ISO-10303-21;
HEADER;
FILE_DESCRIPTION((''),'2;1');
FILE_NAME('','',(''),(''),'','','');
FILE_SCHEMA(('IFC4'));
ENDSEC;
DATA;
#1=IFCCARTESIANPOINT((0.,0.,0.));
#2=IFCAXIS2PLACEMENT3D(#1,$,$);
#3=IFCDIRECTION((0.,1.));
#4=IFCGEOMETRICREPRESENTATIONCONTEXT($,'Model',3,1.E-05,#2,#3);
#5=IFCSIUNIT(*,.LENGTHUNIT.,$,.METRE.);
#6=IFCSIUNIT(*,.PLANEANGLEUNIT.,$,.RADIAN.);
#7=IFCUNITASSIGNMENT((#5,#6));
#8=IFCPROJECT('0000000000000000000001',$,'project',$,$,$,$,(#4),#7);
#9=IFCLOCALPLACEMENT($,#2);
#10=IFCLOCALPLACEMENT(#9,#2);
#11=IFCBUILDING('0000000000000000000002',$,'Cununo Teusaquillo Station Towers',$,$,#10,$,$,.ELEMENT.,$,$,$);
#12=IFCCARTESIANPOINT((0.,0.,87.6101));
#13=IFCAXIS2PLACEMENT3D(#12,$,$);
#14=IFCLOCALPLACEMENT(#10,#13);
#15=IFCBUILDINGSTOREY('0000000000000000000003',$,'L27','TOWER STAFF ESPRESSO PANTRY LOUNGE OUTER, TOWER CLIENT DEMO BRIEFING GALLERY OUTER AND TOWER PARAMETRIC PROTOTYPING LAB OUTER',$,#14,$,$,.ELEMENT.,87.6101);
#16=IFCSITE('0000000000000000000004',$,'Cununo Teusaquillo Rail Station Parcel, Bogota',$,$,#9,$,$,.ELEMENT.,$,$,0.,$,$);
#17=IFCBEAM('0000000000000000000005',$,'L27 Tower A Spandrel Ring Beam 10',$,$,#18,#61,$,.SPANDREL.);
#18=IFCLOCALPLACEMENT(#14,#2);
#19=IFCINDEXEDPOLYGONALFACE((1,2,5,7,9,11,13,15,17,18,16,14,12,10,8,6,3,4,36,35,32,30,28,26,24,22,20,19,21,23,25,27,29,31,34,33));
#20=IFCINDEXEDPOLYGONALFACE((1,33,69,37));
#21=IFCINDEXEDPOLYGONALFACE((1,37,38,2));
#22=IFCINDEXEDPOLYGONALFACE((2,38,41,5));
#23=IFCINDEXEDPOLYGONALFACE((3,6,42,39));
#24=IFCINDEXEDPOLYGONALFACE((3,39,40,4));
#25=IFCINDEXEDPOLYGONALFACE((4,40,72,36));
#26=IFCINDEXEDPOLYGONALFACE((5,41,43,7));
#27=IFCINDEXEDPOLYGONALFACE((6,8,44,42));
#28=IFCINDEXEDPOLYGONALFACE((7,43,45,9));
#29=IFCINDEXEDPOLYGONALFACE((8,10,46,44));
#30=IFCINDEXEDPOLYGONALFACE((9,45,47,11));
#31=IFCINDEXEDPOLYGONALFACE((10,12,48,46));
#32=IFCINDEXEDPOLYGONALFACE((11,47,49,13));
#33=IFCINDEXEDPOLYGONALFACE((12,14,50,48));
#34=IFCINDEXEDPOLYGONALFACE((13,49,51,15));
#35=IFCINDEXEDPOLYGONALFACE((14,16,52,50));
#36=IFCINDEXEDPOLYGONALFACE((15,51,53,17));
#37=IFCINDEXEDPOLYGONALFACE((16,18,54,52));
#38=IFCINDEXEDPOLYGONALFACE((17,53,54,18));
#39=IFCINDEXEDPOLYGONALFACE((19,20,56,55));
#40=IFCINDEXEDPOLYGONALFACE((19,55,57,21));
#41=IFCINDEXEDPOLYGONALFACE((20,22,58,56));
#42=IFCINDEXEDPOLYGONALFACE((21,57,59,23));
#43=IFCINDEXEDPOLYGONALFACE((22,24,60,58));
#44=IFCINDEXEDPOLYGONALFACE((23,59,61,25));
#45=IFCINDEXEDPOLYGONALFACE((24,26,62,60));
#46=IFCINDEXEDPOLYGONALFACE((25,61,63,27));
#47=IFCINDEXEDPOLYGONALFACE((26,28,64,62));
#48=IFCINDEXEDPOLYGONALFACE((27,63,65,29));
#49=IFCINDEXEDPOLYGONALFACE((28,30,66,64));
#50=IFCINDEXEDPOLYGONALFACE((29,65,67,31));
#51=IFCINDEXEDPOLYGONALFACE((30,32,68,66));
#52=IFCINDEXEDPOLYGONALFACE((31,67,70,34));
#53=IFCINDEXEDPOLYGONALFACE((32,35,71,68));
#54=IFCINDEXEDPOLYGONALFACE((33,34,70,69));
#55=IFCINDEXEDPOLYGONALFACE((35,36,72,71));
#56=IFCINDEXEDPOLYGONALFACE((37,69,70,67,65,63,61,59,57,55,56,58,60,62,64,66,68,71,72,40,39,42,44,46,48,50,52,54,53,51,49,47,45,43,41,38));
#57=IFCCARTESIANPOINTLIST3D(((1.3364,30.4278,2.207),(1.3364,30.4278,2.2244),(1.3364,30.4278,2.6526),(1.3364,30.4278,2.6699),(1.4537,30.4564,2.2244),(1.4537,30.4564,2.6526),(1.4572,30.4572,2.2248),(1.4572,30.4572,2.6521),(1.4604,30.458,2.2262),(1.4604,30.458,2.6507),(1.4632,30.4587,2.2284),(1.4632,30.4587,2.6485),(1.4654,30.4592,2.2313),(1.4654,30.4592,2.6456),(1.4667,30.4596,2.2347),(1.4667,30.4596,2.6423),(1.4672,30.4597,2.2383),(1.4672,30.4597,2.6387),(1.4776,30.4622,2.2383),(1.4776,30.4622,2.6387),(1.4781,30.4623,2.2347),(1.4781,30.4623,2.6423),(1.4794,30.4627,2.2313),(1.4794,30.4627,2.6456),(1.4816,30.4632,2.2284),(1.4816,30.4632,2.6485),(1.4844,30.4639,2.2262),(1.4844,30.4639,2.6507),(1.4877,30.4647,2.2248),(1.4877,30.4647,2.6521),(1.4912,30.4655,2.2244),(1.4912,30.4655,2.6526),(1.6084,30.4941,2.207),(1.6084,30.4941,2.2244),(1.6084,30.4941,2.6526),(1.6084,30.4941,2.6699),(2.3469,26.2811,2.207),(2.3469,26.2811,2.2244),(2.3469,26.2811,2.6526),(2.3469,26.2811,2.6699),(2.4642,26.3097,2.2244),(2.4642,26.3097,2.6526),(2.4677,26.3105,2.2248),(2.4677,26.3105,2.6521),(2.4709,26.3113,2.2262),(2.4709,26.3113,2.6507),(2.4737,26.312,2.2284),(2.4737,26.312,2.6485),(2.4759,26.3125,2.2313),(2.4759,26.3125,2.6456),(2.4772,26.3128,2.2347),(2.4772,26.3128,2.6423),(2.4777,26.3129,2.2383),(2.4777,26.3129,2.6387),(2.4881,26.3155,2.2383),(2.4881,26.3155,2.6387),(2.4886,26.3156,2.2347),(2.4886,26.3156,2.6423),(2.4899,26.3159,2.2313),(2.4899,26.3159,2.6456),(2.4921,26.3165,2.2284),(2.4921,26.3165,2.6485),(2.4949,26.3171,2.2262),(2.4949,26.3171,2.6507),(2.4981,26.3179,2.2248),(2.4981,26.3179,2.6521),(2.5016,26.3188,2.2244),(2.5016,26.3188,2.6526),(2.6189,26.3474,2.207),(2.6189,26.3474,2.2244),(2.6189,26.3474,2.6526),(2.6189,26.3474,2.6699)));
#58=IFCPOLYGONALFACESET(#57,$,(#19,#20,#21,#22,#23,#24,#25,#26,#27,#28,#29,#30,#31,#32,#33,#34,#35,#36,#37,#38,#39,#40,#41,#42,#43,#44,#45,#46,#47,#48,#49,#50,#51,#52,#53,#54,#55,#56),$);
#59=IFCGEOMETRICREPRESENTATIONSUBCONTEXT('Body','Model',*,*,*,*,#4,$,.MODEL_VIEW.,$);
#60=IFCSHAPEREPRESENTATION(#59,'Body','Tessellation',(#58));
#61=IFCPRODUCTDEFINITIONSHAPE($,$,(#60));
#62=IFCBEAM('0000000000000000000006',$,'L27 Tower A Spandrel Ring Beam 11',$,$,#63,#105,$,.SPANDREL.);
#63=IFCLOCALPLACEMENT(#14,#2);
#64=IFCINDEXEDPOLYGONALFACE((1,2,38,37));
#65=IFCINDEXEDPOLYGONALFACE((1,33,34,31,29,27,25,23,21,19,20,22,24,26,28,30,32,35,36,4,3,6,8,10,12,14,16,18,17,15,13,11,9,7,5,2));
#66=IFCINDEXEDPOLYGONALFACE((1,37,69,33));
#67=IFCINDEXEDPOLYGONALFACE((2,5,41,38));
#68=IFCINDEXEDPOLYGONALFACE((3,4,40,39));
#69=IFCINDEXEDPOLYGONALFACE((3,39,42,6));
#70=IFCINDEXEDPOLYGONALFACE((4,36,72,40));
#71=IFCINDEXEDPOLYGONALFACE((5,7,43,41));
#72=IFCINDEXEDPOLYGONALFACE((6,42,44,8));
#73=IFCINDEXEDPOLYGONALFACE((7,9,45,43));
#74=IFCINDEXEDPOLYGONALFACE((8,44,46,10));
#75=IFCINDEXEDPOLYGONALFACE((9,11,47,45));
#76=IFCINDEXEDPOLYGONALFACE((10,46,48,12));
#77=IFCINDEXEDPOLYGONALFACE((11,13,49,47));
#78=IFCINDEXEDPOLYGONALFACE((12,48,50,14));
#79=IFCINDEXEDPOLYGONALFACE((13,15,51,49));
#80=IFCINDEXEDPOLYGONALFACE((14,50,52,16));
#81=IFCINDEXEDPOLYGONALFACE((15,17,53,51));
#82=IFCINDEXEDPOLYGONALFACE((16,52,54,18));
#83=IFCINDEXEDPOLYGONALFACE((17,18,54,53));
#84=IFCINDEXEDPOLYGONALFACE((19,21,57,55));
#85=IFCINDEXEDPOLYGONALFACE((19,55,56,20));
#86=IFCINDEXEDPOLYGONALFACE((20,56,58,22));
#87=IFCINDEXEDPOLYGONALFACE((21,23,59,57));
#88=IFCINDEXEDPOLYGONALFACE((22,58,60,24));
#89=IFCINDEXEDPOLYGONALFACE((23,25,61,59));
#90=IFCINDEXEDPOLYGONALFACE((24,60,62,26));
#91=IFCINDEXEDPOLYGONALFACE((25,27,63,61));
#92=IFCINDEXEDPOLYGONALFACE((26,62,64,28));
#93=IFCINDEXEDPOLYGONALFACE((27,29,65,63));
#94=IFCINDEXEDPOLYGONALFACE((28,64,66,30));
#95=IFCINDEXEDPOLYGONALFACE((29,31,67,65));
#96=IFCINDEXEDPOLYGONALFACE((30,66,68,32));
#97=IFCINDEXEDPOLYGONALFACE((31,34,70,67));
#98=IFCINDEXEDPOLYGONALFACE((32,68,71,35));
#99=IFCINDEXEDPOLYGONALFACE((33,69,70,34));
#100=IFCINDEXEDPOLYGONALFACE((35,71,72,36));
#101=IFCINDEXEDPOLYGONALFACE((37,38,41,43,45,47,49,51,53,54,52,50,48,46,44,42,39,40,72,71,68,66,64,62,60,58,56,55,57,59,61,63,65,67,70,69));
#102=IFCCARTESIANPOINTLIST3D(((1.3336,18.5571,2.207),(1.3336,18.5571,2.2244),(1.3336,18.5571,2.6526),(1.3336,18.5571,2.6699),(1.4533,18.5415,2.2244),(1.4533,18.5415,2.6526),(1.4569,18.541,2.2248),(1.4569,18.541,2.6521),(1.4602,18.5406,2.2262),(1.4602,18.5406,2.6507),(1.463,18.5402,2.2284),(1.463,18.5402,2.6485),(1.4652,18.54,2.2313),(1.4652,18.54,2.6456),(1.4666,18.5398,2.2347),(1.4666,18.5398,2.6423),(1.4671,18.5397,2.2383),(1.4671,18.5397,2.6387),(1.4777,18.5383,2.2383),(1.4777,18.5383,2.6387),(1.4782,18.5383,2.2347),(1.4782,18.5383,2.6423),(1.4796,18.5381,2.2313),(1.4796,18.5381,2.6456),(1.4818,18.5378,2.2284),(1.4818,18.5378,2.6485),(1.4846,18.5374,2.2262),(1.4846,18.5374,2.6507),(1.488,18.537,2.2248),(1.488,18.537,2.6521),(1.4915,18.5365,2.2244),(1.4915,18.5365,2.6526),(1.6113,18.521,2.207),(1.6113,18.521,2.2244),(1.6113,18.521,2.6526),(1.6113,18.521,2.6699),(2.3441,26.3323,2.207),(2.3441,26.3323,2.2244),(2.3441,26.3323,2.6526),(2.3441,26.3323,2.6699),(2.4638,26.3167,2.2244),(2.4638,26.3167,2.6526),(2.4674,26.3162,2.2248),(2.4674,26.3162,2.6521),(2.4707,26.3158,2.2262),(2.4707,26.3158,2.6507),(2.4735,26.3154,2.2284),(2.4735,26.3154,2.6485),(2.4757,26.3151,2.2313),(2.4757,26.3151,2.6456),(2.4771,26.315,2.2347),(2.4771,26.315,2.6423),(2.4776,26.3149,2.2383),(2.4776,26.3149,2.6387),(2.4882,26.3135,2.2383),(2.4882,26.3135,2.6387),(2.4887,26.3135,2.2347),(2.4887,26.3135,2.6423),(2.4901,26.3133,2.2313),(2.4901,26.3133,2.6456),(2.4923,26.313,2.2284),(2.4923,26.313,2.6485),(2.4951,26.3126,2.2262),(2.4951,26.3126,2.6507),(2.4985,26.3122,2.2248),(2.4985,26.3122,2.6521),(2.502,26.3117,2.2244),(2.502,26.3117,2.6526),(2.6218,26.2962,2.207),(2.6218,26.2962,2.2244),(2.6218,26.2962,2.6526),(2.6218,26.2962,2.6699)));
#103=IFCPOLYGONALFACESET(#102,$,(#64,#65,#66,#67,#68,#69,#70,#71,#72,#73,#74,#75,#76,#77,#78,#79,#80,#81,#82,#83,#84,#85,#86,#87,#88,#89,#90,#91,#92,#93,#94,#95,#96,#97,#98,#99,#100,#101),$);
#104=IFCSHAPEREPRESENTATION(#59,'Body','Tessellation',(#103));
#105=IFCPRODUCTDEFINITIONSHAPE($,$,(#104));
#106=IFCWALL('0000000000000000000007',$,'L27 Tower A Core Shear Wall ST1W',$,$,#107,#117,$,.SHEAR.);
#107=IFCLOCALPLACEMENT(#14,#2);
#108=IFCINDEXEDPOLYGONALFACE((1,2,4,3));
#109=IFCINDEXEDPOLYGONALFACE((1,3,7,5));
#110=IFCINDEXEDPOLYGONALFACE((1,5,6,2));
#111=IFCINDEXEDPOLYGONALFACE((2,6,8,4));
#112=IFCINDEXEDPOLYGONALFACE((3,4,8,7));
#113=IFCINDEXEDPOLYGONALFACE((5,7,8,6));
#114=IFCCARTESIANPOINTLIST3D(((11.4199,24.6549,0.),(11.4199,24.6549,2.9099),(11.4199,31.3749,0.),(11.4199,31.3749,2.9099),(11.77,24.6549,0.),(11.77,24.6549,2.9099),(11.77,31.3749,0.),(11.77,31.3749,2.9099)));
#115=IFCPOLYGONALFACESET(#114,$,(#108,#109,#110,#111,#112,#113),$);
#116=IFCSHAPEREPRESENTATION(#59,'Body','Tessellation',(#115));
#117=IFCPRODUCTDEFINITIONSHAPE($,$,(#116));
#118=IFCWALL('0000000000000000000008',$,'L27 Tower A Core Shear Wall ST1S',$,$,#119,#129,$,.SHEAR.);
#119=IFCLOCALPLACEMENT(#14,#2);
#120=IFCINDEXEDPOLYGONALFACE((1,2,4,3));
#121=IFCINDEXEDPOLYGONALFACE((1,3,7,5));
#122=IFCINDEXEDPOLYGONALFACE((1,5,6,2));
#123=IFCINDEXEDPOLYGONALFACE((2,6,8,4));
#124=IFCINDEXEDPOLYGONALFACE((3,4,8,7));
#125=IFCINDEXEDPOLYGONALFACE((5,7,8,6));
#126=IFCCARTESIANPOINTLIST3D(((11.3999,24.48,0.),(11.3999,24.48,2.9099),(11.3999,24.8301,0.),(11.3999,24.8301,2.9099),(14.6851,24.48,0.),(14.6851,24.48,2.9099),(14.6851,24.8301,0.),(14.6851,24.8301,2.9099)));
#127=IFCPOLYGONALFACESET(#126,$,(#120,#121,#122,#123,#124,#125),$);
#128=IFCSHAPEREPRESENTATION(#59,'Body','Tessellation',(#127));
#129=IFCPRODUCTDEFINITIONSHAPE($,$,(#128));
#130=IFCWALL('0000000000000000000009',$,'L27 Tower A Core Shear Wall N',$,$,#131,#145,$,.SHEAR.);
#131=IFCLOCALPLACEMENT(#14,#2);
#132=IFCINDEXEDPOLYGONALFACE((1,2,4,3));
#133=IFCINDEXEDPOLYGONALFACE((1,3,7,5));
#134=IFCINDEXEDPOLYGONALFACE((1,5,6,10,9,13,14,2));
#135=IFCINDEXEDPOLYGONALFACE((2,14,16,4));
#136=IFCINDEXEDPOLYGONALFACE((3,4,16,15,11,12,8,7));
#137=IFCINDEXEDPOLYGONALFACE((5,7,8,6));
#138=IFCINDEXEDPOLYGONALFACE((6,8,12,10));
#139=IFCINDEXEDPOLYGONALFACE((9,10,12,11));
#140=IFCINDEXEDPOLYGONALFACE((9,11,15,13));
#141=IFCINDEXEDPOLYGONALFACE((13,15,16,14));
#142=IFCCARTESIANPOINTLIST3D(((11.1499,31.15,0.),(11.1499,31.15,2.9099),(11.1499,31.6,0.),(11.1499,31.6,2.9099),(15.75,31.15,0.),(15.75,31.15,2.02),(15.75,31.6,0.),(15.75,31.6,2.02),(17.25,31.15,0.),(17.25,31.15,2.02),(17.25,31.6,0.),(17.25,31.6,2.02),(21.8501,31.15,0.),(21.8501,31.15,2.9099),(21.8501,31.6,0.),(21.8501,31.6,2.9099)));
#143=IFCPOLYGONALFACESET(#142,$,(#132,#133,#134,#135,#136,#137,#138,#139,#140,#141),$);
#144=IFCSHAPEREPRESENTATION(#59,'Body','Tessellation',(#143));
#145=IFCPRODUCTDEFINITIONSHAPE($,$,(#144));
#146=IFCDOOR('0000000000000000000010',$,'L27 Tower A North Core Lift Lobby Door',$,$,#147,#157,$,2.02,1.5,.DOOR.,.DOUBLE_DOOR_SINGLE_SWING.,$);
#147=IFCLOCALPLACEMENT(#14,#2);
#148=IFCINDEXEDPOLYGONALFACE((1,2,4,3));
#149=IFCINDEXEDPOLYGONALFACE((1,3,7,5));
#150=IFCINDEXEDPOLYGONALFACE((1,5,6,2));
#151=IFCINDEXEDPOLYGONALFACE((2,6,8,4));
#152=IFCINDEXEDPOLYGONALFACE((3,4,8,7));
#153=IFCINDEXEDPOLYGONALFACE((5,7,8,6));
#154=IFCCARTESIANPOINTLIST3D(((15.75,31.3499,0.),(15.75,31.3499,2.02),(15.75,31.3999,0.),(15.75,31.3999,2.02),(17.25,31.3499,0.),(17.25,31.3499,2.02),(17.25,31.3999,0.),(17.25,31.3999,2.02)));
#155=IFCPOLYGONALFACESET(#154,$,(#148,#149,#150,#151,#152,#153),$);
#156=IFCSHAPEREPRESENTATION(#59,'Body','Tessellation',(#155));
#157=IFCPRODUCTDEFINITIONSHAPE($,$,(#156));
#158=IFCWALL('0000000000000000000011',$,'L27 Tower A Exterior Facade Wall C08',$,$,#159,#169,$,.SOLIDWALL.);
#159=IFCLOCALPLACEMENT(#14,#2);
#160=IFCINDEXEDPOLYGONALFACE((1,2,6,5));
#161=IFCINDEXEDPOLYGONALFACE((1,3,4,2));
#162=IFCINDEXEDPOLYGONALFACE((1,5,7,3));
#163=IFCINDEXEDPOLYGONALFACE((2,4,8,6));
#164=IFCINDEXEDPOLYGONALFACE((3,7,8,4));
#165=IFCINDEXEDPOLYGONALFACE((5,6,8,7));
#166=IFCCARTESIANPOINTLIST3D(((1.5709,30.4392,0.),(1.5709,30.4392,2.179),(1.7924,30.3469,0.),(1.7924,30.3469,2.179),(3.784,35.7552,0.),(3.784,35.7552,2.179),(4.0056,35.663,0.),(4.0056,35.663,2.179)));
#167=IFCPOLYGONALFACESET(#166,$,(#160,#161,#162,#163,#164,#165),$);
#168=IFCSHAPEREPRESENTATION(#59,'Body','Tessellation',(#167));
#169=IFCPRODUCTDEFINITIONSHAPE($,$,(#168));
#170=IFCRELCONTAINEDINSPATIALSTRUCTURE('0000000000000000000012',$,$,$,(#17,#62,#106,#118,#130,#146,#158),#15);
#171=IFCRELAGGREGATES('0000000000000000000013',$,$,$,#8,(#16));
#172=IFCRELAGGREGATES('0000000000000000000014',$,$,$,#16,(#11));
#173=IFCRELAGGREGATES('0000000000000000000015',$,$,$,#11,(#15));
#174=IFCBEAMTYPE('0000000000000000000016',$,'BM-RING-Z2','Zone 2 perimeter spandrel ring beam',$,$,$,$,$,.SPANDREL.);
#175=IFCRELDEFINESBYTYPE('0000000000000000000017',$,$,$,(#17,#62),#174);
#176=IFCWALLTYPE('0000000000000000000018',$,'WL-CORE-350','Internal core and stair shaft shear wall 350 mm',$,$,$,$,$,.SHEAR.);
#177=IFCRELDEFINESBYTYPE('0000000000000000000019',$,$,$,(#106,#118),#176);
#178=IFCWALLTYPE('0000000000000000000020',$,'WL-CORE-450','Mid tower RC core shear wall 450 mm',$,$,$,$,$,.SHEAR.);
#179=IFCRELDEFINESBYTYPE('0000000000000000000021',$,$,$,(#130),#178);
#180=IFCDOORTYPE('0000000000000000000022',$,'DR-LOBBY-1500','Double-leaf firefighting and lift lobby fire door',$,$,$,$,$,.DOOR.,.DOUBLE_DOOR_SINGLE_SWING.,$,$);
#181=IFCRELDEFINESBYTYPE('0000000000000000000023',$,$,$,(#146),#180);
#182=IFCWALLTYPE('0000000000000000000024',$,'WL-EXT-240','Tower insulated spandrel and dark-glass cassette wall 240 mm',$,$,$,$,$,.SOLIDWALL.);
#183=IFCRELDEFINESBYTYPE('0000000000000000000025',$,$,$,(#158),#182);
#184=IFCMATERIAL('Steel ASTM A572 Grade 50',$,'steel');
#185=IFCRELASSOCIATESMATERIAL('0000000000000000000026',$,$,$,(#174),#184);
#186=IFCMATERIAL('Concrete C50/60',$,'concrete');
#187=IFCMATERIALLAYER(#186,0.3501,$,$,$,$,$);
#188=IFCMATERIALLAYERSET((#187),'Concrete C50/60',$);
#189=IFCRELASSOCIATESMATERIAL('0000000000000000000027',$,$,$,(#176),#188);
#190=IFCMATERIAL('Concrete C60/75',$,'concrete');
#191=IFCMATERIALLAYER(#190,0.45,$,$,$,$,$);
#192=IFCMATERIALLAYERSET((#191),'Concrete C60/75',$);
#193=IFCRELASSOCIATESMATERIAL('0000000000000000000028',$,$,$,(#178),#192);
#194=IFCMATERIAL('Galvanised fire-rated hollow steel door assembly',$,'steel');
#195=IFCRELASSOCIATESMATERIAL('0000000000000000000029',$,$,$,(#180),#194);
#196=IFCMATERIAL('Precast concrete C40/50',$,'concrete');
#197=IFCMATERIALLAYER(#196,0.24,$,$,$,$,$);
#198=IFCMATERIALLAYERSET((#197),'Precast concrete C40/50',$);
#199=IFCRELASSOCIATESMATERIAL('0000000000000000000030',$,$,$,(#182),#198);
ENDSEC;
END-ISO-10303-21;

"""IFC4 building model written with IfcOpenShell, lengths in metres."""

from ifc_helpers import new_model, si_unit, direction, frame, frame_2d, origin, origin_2d, place, context, subcontext, project, spatial, rectangle, i_section, extrude, source, transform, mapped, material, layer, layer_set, material_profile, profile_set, type_object, element, fill, save


model = new_model("IFC4")

# Units and contexts
model_context = context("Model", 3, precision=1e-05, world=origin(), true_north=direction((0.0, 1.0)))
body_context = subcontext(model_context, "Body", "Model", "MODEL_VIEW")
ifc_project = project(units=[si_unit("LENGTHUNIT", "METRE"), si_unit("PLANEANGLEUNIT", "RADIAN")], contexts=[model_context])

# Site, building, storey
site_placement = place(None, origin())
site = spatial("IfcSite", under=ifc_project, at=site_placement, Name="Cununo Teusaquillo Rail Station Parcel, Bogota", CompositionType="ELEMENT", RefElevation=0.0)
building_placement = place(site_placement, origin())
building = spatial("IfcBuilding", under=site, at=building_placement, Name="Cununo Teusaquillo Station Towers", CompositionType="ELEMENT")
storey_placement = place(building_placement, frame((0.0, 0.0, 87.6101)))
storey = spatial("IfcBuildingStorey", under=building, at=storey_placement, Name="L27", Description="TOWER STAFF ESPRESSO PANTRY LOUNGE OUTER, TOWER CLIENT DEMO BRIEFING GALLERY OUTER AND TOWER PARAMETRIC PROTOTYPING LAB OUTER", CompositionType="ELEMENT", Elevation=87.6101)

# Beams
ifc_material_1 = material(Name="Steel ASTM A572 Grade 50", Category="steel")
ifc_material_profile_1 = material_profile(ifc_material_1, i_section(OverallWidth=0.28, OverallDepth=0.4629, WebThickness=0.0107, FlangeThickness=0.0173, FilletRadius=0.0139, at=origin_2d()), Name="W18X76")
ifc_profile_set_1 = profile_set([ifc_material_profile_1], Name="Steel ASTM A572 Grade 50")
beam_type_1 = type_object("IfcBeamType", Name="BM-RING-Z2", Description="Zone 2 perimeter spandrel ring beam", PredefinedType="SPANDREL", material=ifc_profile_set_1)
beam_1_placement = place(storey_placement, frame((1.4724, 30.4609, 2.4385), z_axis=(0.236757, -0.971569, 0.0), x_axis=(0.971569, 0.236757, 0.0)))
element("IfcBeam", 1, at=beam_1_placement, inside=storey, type_object=beam_type_1, Name="L27 Tower A Spandrel Ring Beam 10", PredefinedType="SPANDREL", context=body_context, shape_type="SweptSolid", body=[
    extrude(i_section(OverallWidth=0.28, OverallDepth=0.4629, WebThickness=0.0107, FlangeThickness=0.0173, FilletRadius=0.0139, at=origin_2d()), origin(), (0.0, 0.0, 1.0), 4.2681),
])
beam_2_placement = place(storey_placement, frame((2.4829, 26.3142, 2.4385), z_axis=(-0.128881, -0.99166, 0.0), x_axis=(0.99166, -0.128881, 0.0)))
element("IfcBeam", 2, at=beam_2_placement, inside=storey, type_object=beam_type_1, Name="L27 Tower A Spandrel Ring Beam 11", PredefinedType="SPANDREL", context=body_context, shape_type="SweptSolid", body=[
    extrude(i_section(OverallWidth=0.28, OverallDepth=0.4629, WebThickness=0.0107, FlangeThickness=0.0173, FilletRadius=0.0139, at=origin_2d()), origin(), (0.0, 0.0, 1.0), 7.8406),
])

# Walls
ifc_material_2 = material(Name="Concrete C50/60", Category="concrete")
ifc_layer_1 = layer(ifc_material_2, 0.3501)
ifc_layer_set_1 = layer_set([ifc_layer_1], Name="Concrete C50/60")
wall_type_1 = type_object("IfcWallType", Name="WL-CORE-350", Description="Internal core and stair shaft shear wall 350 mm", PredefinedType="SHEAR", material=ifc_layer_set_1)
wall_1_placement = place(storey_placement, frame((11.595, 24.655, 0.0), z_axis=(0.0, 0.0, 1.0), x_axis=(0.0, 1.0, 0.0)))
element("IfcWall", 3, at=wall_1_placement, inside=storey, type_object=wall_type_1, Name="L27 Tower A Core Shear Wall ST1W", PredefinedType="SHEAR", context=body_context, shape_type="SweptSolid", body=[
    extrude(rectangle(XDim=6.72, YDim=0.3501, at=frame_2d((3.3599, 0.0))), origin(), (0.0, 0.0, 1.0), 2.9099),
])
wall_2_placement = place(storey_placement, frame((11.3999, 24.655, 0.0), z_axis=(0.0, 0.0, 1.0), x_axis=(1.0, 0.0, 0.0)))
element("IfcWall", 4, at=wall_2_placement, inside=storey, type_object=wall_type_1, Name="L27 Tower A Core Shear Wall ST1S", PredefinedType="SHEAR", context=body_context, shape_type="SweptSolid", body=[
    extrude(rectangle(XDim=3.2852, YDim=0.3501, at=frame_2d((1.6426, 0.0))), origin(), (0.0, 0.0, 1.0), 2.9099),
])

# Wall, opening, door
ifc_material_3 = material(Name="Concrete C60/75", Category="concrete")
ifc_layer_2 = layer(ifc_material_3, 0.45)
ifc_layer_set_2 = layer_set([ifc_layer_2], Name="Concrete C60/75")
wall_type_2 = type_object("IfcWallType", Name="WL-CORE-450", Description="Mid tower RC core shear wall 450 mm", PredefinedType="SHEAR", material=ifc_layer_set_2)
wall_3_placement = place(storey_placement, frame((11.1499, 31.375, 0.0), z_axis=(0.0, 0.0, 1.0), x_axis=(1.0, 0.0, 0.0)))
wall_3 = element("IfcWall", 5, at=wall_3_placement, inside=storey, type_object=wall_type_2, Name="L27 Tower A Core Shear Wall N", PredefinedType="SHEAR", context=body_context, shape_type="SweptSolid", body=[
    extrude(rectangle(XDim=10.7002, YDim=0.45, at=frame_2d((5.3501, 0.0))), origin(), (0.0, 0.0, 1.0), 2.9099),
])
shared_shape_1 = source(origin(), body_context, "Body", "SweptSolid", [
    extrude(rectangle(XDim=1.5, YDim=2.02, at=frame_2d((0.75, 1.01))), frame((0.0, 0.2349, 0.0), z_axis=(0.0, -1.0, 0.0), x_axis=(1.0, 0.0, 0.0)), (0.0, 0.0, 1.0), 0.47),
])
opening_1_placement = place(wall_3_placement, frame((4.6001, 0.0, 0.0)))
opening_1 = element("IfcOpeningElement", 6, at=opening_1_placement, cuts=wall_3, PredefinedType="OPENING", context=body_context, shape_type="MappedRepresentation", body=[
    mapped(shared_shape_1, transform((0.0, 0.0, 0.0), x_axis=(1.0, 0.0, 0.0), y_axis=(0.0, 1.0, 0.0), z_axis=(0.0, 0.0, 1.0), scale=1.0)),
])
ifc_material_4 = material(Name="Galvanised fire-rated hollow steel door assembly", Category="steel")
door_type_1 = type_object("IfcDoorType", Name="DR-LOBBY-1500", Description="Double-leaf firefighting and lift lobby fire door", OperationType="DOUBLE_DOOR_SINGLE_SWING", PredefinedType="DOOR", material=ifc_material_4)
shared_shape_2 = source(origin(), body_context, "Body", "SweptSolid", [
    extrude(rectangle(XDim=1.5, YDim=2.02, at=frame_2d((0.75, 1.01))), frame((0.0, 0.0249, 0.0), z_axis=(0.0, -1.0, 0.0), x_axis=(1.0, 0.0, 0.0)), (0.0, 0.0, 1.0), 0.05),
])
door_1_placement = place(opening_1_placement, origin())
door_1 = element("IfcDoor", 7, at=door_1_placement, inside=storey, type_object=door_type_1, Name="L27 Tower A North Core Lift Lobby Door", OperationType="DOUBLE_DOOR_SINGLE_SWING", OverallHeight=2.02, OverallWidth=1.5, PredefinedType="DOOR", context=body_context, shape_type="MappedRepresentation", body=[
    mapped(shared_shape_2, transform((0.0, 0.0, 0.0), x_axis=(1.0, 0.0, 0.0), y_axis=(0.0, 1.0, 0.0), z_axis=(0.0, 0.0, 1.0), scale=1.0)),
])
fill(opening_1, door_1)

# Wall
ifc_material_5 = material(Name="Precast concrete C40/50", Category="concrete")
ifc_layer_3 = layer(ifc_material_5, 0.24)
ifc_layer_set_3 = layer_set([ifc_layer_3], Name="Precast concrete C40/50")
wall_type_3 = type_object("IfcWallType", Name="WL-EXT-240", Description="Tower insulated spandrel and dark-glass cassette wall 240 mm", PredefinedType="SOLIDWALL", material=ifc_layer_set_3)
wall_4_placement = place(storey_placement, frame((1.6816, 30.3931, 0.0), z_axis=(0.0, 0.0, 1.0), x_axis=(0.384344, 0.92319, 0.0)))
element("IfcWall", 8, at=wall_4_placement, inside=storey, type_object=wall_type_3, Name="L27 Tower A Exterior Facade Wall C08", PredefinedType="SOLIDWALL", context=body_context, shape_type="SweptSolid", body=[
    extrude(rectangle(XDim=5.7583, YDim=0.24, at=frame_2d((2.8792, 0.0))), origin(), (0.0, 0.0, 1.0), 2.179),
])

save(model, "model.ifc")
